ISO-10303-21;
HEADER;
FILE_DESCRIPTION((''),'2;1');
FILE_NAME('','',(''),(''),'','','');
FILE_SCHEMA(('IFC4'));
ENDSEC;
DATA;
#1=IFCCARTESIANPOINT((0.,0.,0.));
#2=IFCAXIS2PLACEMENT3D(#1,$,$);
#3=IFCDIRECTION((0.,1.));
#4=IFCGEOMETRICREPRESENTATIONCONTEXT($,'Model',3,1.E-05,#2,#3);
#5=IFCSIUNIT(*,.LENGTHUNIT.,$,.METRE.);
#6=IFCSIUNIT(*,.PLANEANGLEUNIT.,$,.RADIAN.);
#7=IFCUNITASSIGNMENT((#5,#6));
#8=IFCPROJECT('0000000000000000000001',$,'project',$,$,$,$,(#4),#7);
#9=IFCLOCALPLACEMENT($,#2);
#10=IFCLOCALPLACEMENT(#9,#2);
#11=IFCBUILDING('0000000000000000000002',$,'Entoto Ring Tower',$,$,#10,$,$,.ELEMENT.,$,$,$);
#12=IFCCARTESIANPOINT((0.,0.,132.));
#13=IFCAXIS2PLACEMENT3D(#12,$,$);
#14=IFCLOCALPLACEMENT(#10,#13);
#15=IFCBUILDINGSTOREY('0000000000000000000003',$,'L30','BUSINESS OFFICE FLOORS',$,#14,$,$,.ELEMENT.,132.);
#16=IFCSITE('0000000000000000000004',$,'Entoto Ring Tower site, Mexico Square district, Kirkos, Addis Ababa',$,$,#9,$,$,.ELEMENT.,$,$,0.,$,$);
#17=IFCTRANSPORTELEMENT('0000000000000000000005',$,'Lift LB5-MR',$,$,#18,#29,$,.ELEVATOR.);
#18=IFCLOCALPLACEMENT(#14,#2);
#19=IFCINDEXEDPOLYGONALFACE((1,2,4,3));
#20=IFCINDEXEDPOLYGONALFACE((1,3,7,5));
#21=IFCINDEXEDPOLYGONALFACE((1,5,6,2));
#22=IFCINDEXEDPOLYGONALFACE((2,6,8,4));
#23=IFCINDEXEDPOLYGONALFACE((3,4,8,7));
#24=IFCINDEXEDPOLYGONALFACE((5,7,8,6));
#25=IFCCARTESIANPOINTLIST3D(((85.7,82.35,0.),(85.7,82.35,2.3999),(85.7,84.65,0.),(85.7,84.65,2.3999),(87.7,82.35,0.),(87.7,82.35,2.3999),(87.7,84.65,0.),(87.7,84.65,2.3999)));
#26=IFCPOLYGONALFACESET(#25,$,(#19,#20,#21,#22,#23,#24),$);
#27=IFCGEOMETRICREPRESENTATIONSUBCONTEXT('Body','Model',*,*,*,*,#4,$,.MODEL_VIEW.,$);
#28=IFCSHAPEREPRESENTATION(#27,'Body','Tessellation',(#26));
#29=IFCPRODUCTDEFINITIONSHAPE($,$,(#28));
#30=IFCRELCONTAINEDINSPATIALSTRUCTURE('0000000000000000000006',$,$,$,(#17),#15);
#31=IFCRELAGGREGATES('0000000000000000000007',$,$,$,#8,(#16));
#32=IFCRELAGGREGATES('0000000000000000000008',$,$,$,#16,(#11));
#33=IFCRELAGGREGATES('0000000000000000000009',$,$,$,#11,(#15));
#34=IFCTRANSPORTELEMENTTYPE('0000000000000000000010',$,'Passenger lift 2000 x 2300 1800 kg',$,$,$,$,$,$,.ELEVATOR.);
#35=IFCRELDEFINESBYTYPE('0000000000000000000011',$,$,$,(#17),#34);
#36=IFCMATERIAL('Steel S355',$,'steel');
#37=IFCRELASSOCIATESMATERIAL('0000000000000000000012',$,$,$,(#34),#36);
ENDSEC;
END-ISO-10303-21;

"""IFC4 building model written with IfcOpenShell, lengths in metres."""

from ifc_helpers import new_model, si_unit, direction, frame, origin, origin_2d, place, context, subcontext, project, spatial, rectangle, extrude, material, type_object, element, save


model = new_model("IFC4")

# Units and contexts
model_context = context("Model", 3, precision=1e-05, world=origin(), true_north=direction((0.0, 1.0)))
body_context = subcontext(model_context, "Body", "Model", "MODEL_VIEW")
ifc_project = project(units=[si_unit("LENGTHUNIT", "METRE"), si_unit("PLANEANGLEUNIT", "RADIAN")], contexts=[model_context])

# Site, building, storey
site_placement = place(None, origin())
site = spatial("IfcSite", under=ifc_project, at=site_placement, Name="Entoto Ring Tower site, Mexico Square district, Kirkos, Addis Ababa", CompositionType="ELEMENT", RefElevation=0.0)
building_placement = place(site_placement, origin())
building = spatial("IfcBuilding", under=site, at=building_placement, Name="Entoto Ring Tower", CompositionType="ELEMENT")
storey_placement = place(building_placement, frame((0.0, 0.0, 132.0)))
storey = spatial("IfcBuildingStorey", under=building, at=storey_placement, Name="L30", Description="BUSINESS OFFICE FLOORS", CompositionType="ELEMENT", Elevation=132.0)

# Transport element
ifc_material_1 = material(Name="Steel S355", Category="steel")
transport_element_type = type_object("IfcTransportElementType", Name="Passenger lift 2000 x 2300 1800 kg", PredefinedType="ELEVATOR", material=ifc_material_1)
transport_element_1_placement = place(storey_placement, frame((86.7, 83.5, 0.0), z_axis=(0.0, 0.0, 1.0), x_axis=(1.0, 0.0, 0.0)))
element("IfcTransportElement", 1, at=transport_element_1_placement, inside=storey, type_object=transport_element_type, Name="Lift LB5-MR", PredefinedType="ELEVATOR", context=body_context, shape_type="SweptSolid", body=[
    extrude(rectangle(XDim=2.0, YDim=2.3, at=origin_2d()), origin(), (0.0, 0.0, 1.0), 2.3999),
])

save(model, "model.ifc")
